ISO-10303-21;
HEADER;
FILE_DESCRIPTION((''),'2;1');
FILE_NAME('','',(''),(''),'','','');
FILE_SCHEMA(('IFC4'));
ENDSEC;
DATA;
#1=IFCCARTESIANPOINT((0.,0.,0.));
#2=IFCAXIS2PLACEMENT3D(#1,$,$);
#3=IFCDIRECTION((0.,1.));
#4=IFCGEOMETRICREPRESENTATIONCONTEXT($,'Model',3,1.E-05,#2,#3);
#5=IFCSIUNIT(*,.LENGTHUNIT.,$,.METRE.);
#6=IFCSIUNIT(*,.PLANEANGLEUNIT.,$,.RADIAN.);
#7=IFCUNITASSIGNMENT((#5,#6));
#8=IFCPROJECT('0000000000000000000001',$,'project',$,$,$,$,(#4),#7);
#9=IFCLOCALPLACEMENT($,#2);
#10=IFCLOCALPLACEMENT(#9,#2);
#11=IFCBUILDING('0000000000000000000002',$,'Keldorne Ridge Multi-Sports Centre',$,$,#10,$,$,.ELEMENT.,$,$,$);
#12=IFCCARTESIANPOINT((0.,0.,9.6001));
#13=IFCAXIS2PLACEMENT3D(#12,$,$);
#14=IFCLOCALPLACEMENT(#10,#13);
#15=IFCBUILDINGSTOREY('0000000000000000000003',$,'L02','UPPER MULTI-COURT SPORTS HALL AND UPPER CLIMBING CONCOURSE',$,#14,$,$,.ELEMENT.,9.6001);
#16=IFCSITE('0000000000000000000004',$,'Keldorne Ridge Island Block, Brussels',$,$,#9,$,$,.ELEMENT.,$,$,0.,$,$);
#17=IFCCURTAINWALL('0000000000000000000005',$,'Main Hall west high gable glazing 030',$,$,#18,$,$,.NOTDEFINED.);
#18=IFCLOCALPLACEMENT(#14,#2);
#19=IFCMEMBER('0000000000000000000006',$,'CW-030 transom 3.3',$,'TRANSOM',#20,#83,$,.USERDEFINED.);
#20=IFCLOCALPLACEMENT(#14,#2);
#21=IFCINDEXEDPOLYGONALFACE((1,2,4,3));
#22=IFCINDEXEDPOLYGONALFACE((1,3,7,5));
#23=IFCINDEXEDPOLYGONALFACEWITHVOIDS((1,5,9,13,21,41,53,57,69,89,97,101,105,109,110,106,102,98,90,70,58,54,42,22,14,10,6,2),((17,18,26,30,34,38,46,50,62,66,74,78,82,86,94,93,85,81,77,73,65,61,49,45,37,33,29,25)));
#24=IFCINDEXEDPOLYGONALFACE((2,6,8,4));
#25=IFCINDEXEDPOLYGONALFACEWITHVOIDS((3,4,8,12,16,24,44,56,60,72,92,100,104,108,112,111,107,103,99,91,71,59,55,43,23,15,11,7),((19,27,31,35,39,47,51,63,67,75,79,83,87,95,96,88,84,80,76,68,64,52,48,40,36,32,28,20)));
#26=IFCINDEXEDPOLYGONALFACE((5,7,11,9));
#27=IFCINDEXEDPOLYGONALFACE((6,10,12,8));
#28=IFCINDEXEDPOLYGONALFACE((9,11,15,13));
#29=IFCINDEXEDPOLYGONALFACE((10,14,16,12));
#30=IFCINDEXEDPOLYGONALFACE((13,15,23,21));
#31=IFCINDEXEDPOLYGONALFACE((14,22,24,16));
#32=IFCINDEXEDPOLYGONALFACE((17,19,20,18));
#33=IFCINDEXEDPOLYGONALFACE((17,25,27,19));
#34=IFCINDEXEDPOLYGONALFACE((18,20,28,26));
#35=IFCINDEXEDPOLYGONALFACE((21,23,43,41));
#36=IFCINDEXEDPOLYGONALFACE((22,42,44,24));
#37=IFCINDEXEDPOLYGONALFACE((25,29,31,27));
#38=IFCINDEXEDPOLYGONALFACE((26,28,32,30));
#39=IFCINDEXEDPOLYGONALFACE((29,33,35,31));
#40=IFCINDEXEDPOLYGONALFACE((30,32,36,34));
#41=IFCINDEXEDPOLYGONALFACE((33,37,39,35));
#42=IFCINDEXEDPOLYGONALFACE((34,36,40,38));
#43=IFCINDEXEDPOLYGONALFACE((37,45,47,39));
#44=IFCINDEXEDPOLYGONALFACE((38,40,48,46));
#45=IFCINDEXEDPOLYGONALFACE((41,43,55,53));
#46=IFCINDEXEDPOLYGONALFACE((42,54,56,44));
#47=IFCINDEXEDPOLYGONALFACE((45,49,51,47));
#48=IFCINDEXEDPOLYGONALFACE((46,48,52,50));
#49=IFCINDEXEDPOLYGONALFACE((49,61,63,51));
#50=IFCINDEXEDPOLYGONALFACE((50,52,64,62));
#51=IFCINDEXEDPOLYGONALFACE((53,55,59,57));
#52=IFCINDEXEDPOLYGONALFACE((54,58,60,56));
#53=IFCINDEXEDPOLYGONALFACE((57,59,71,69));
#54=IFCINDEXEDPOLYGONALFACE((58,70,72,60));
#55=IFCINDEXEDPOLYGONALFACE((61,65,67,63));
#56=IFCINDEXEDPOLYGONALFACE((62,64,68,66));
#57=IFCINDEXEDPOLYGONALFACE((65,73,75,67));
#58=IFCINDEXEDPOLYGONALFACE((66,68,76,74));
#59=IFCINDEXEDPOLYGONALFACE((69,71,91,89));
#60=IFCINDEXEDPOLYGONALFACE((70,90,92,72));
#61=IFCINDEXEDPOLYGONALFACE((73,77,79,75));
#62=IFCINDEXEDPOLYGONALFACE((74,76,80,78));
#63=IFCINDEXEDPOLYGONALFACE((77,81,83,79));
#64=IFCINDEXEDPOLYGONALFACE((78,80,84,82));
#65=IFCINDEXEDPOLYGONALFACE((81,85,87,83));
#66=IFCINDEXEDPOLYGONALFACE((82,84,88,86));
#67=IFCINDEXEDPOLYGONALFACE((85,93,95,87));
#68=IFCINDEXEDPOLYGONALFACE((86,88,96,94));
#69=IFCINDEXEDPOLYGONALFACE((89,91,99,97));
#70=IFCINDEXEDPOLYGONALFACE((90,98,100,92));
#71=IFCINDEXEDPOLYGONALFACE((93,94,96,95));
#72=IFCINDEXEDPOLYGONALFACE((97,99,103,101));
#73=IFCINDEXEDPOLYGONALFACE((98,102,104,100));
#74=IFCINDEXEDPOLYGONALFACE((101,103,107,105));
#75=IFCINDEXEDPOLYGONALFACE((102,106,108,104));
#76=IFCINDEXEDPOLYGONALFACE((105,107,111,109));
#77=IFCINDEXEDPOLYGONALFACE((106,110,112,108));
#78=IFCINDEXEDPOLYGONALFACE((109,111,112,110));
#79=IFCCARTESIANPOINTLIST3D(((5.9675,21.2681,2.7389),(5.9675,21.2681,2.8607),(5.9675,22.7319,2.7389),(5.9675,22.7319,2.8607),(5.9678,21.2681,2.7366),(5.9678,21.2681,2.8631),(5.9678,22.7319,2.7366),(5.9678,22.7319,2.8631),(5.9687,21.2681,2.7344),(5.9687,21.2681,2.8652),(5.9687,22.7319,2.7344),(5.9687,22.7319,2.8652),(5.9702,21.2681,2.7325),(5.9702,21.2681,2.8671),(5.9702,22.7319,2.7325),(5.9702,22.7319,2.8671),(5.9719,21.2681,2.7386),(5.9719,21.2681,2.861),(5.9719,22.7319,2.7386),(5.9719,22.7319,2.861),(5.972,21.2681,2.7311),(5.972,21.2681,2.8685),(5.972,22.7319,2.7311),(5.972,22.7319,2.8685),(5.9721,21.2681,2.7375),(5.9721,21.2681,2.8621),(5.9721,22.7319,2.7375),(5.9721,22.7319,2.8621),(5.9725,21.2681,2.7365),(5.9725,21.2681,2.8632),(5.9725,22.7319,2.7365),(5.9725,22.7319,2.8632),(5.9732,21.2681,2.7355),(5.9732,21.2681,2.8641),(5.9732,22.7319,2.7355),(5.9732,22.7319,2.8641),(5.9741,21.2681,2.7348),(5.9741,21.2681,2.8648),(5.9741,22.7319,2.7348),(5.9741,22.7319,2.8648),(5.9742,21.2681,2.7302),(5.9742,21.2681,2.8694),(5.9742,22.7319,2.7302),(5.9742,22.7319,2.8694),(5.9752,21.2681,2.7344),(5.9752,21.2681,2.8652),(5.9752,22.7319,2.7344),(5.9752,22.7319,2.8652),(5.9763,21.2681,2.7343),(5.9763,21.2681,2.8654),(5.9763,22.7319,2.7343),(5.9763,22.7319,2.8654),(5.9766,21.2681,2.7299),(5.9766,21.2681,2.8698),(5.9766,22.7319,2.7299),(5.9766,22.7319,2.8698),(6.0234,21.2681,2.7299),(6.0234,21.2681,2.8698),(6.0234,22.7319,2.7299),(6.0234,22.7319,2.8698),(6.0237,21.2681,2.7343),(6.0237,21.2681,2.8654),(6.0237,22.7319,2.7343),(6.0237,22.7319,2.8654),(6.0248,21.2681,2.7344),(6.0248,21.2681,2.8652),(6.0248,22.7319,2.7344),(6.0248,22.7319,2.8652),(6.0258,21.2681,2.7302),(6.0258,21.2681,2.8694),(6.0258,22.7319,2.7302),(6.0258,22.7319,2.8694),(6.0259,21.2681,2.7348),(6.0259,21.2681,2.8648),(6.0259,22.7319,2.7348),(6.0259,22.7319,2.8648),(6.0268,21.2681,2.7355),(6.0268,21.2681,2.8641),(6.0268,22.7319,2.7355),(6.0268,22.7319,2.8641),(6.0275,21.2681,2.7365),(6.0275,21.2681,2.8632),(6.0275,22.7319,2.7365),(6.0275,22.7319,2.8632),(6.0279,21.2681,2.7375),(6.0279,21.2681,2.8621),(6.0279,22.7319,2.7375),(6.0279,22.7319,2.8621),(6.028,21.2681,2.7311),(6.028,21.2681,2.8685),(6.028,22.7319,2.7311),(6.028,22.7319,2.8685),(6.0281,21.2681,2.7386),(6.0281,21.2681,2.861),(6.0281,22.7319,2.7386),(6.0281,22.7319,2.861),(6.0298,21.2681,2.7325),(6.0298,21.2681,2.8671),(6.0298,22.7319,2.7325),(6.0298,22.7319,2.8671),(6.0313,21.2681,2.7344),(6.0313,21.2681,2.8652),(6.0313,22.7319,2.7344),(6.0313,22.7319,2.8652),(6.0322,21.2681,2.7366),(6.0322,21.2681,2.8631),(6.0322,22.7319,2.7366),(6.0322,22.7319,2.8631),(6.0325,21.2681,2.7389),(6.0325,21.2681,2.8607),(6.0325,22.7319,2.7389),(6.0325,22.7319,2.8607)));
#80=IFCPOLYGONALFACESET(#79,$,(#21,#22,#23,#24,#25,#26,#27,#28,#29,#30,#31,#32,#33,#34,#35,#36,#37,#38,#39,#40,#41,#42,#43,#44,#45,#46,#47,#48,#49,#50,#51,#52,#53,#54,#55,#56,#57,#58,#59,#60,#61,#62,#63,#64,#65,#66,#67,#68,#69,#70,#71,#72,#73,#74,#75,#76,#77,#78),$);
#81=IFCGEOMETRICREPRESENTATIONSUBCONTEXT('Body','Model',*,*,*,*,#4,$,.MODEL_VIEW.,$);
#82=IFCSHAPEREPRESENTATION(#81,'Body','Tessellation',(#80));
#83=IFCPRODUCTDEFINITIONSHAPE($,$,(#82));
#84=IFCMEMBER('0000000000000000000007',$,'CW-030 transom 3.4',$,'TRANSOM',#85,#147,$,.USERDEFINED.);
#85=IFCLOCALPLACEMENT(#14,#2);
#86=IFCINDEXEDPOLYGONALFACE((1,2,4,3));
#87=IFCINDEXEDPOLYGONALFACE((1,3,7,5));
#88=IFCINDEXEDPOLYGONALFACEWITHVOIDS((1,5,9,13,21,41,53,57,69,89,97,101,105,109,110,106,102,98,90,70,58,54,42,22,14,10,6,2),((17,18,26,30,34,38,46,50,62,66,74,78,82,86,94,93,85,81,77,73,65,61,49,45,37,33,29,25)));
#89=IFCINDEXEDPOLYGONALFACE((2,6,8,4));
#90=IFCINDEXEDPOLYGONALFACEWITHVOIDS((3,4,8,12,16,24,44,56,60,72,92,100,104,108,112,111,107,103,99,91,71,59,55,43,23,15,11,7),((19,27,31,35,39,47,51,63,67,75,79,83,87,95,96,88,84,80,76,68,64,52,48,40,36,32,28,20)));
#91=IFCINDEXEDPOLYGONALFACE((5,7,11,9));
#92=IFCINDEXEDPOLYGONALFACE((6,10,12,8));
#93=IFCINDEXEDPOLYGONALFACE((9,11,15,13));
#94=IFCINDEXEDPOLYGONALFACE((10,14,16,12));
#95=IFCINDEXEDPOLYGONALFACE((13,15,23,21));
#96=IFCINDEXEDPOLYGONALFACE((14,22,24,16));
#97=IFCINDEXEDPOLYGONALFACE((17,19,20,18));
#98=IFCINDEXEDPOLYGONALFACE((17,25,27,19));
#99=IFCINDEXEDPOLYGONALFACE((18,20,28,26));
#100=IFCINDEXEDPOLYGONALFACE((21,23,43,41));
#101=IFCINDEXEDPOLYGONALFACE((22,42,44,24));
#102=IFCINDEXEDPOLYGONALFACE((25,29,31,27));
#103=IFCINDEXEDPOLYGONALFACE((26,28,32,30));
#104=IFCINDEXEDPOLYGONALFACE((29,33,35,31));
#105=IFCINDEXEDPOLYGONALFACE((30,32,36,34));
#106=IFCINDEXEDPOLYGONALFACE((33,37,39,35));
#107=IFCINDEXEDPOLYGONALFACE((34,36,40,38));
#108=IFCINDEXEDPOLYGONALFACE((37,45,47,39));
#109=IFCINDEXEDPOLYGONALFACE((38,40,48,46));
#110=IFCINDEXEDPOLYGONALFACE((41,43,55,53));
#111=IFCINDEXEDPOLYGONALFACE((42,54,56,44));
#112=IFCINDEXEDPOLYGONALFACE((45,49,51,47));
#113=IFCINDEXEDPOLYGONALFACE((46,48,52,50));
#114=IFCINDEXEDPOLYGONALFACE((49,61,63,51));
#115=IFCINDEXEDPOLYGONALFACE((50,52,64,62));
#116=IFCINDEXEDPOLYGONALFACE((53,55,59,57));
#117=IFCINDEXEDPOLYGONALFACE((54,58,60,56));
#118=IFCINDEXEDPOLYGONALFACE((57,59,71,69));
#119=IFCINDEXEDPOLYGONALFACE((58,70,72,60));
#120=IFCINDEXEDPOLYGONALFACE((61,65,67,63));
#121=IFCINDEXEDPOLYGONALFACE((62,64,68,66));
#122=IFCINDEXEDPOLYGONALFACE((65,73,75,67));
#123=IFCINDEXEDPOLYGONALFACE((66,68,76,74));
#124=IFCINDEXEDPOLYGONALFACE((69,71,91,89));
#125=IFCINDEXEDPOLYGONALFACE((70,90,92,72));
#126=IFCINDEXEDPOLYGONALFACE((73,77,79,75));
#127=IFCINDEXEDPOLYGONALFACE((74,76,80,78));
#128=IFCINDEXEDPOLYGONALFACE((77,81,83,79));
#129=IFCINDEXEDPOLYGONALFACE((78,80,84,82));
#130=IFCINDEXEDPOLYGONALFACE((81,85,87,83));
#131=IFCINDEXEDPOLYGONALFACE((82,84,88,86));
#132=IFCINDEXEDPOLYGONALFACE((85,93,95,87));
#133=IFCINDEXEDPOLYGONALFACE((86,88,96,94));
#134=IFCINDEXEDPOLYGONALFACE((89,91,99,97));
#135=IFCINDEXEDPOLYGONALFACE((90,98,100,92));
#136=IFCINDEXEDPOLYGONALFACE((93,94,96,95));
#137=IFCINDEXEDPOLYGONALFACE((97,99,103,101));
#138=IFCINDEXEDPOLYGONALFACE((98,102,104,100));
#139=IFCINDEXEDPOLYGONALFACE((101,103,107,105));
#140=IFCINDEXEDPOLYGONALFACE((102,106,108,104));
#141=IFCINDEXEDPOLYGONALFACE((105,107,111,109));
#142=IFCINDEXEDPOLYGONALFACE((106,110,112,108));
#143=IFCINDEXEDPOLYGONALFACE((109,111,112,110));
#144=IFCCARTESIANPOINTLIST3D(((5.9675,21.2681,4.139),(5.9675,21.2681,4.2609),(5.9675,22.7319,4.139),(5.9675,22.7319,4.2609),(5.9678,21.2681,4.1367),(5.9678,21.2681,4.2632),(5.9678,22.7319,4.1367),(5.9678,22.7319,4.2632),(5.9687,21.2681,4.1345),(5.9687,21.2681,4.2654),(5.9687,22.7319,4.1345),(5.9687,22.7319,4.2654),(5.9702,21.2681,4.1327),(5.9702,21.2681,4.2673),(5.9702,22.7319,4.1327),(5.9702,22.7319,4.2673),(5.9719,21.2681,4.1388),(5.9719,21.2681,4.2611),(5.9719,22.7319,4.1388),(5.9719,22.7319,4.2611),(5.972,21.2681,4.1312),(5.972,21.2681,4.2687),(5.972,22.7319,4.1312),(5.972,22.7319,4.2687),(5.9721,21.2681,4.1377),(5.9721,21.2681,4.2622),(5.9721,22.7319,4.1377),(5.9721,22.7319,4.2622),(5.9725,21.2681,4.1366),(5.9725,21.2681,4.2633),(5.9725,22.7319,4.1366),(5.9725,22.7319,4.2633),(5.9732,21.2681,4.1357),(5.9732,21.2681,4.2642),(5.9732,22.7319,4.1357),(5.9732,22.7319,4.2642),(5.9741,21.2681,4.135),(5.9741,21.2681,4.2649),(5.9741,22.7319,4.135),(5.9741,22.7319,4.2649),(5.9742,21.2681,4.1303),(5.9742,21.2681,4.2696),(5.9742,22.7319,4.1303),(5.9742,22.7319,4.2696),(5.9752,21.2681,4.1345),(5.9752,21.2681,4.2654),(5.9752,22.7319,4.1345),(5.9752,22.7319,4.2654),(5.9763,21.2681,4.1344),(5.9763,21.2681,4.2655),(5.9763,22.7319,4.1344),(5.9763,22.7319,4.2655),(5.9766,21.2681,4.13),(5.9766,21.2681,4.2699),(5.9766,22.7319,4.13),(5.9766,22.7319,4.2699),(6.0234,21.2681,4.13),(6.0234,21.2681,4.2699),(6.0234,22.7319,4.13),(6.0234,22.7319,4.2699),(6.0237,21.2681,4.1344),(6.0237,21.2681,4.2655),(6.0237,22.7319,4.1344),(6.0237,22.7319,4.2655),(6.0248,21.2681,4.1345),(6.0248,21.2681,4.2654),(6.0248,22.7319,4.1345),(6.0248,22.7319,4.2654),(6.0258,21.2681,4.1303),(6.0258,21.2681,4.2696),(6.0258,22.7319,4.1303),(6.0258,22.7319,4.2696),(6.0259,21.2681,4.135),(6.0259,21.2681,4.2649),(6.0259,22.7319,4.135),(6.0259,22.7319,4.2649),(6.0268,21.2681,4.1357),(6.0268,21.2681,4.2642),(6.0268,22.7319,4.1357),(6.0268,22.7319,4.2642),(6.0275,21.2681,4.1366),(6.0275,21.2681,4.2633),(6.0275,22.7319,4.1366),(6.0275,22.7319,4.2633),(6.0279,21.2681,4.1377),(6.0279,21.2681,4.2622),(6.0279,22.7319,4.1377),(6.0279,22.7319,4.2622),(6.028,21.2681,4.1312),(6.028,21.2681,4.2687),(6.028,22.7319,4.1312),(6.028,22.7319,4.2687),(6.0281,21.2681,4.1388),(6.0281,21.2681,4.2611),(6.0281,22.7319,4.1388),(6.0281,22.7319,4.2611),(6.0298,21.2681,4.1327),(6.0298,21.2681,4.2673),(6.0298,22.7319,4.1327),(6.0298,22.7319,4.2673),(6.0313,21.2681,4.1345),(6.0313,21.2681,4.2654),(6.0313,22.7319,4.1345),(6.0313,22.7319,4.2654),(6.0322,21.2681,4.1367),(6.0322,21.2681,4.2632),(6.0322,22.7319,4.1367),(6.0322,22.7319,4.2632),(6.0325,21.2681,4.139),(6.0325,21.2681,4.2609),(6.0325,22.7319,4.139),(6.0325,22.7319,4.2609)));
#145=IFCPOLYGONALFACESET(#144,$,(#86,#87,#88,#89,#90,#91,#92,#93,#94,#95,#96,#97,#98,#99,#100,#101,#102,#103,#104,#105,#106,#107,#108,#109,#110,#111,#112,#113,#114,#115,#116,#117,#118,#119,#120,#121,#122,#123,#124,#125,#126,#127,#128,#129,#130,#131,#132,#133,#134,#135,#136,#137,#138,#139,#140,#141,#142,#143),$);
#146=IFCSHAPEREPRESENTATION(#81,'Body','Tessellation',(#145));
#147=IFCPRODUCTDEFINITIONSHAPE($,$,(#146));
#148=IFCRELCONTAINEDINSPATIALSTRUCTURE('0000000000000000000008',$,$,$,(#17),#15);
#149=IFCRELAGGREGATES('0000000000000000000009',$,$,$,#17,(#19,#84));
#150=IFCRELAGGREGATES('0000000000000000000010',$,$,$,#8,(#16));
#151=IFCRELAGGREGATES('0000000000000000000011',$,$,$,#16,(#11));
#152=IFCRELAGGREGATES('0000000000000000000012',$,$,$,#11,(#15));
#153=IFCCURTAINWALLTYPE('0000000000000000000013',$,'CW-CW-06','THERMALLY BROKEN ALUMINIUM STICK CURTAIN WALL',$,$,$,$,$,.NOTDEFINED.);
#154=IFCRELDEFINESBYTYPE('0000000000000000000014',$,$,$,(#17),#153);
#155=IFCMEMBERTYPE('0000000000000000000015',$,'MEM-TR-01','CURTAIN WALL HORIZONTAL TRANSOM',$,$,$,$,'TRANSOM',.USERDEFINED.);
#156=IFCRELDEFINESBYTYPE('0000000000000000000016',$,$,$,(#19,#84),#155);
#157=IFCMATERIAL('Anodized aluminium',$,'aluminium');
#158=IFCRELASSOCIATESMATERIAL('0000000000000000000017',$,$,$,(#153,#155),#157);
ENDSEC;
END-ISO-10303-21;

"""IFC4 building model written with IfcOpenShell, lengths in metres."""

from ifc_helpers import new_model, si_unit, direction, frame, origin, origin_2d, place, context, subcontext, project, spatial, hollow_rectangle, extrude, material, material_profile, profile_set, type_object, element, aggregate, save


model = new_model("IFC4")

# Units and contexts
model_context = context("Model", 3, precision=1e-05, world=origin(), true_north=direction((0.0, 1.0)))
body_context = subcontext(model_context, "Body", "Model", "MODEL_VIEW")
ifc_project = project(units=[si_unit("LENGTHUNIT", "METRE"), si_unit("PLANEANGLEUNIT", "RADIAN")], contexts=[model_context])

# Site, building, storey
site_placement = place(None, origin())
site = spatial("IfcSite", under=ifc_project, at=site_placement, Name="Keldorne Ridge Island Block, Brussels", CompositionType="ELEMENT", RefElevation=0.0)
building_placement = place(site_placement, origin())
building = spatial("IfcBuilding", under=site, at=building_placement, Name="Keldorne Ridge Multi-Sports Centre", CompositionType="ELEMENT")
storey_placement = place(building_placement, frame((0.0, 0.0, 9.6001)))
storey = spatial("IfcBuildingStorey", under=building, at=storey_placement, Name="L02", Description="UPPER MULTI-COURT SPORTS HALL AND UPPER CLIMBING CONCOURSE", CompositionType="ELEMENT", Elevation=9.6001)

# Curtain wall, members
ifc_material_1 = material(Name="Anodized aluminium", Category="aluminium")
curtain_wall_type_1 = type_object("IfcCurtainWallType", Name="CW-CW-06", Description="THERMALLY BROKEN ALUMINIUM STICK CURTAIN WALL", PredefinedType="NOTDEFINED", material=ifc_material_1)
curtain_wall_1_placement = place(storey_placement, origin())
curtain_wall_1 = element("IfcCurtainWall", 1, at=curtain_wall_1_placement, inside=storey, type_object=curtain_wall_type_1, Name="Main Hall west high gable glazing 030", PredefinedType="NOTDEFINED")
ifc_material_profile_1 = material_profile(ifc_material_1, hollow_rectangle(XDim=0.0649, YDim=0.1399, WallThickness=0.0044, InnerFilletRadius=0.0044, OuterFilletRadius=0.009, at=origin_2d()), Name="ALU TRANSOM 140x65x4.5")
ifc_profile_set_1 = profile_set([ifc_material_profile_1], Name="Anodized aluminium")
member_type_1 = type_object("IfcMemberType", Name="MEM-TR-01", Description="CURTAIN WALL HORIZONTAL TRANSOM", ElementType="TRANSOM", PredefinedType="USERDEFINED", material=ifc_profile_set_1)
member_1_placement = place(storey_placement, frame((6.0, 22.7319, 2.7998), z_axis=(0.0, -1.0, 0.0), x_axis=(1.0, 0.0, 0.0)))
member_1 = element("IfcMember", 2, at=member_1_placement, type_object=member_type_1, Name="CW-030 transom 3.3", ObjectType="TRANSOM", PredefinedType="USERDEFINED", context=body_context, shape_type="SweptSolid", body=[
    extrude(hollow_rectangle(XDim=0.0649, YDim=0.1399, WallThickness=0.0044, InnerFilletRadius=0.0044, OuterFilletRadius=0.009, at=origin_2d()), origin(), (0.0, 0.0, 1.0), 1.4639),
])
member_2_placement = place(storey_placement, frame((6.0, 22.7319, 4.2), z_axis=(0.0, -1.0, 0.0), x_axis=(1.0, 0.0, 0.0)))
member_2 = element("IfcMember", 3, at=member_2_placement, type_object=member_type_1, Name="CW-030 transom 3.4", ObjectType="TRANSOM", PredefinedType="USERDEFINED", context=body_context, shape_type="SweptSolid", body=[
    extrude(hollow_rectangle(XDim=0.0649, YDim=0.1399, WallThickness=0.0044, InnerFilletRadius=0.0044, OuterFilletRadius=0.009, at=origin_2d()), origin(), (0.0, 0.0, 1.0), 1.4639),
])

aggregate(curtain_wall_1, [member_1, member_2])

save(model, "model.ifc")
